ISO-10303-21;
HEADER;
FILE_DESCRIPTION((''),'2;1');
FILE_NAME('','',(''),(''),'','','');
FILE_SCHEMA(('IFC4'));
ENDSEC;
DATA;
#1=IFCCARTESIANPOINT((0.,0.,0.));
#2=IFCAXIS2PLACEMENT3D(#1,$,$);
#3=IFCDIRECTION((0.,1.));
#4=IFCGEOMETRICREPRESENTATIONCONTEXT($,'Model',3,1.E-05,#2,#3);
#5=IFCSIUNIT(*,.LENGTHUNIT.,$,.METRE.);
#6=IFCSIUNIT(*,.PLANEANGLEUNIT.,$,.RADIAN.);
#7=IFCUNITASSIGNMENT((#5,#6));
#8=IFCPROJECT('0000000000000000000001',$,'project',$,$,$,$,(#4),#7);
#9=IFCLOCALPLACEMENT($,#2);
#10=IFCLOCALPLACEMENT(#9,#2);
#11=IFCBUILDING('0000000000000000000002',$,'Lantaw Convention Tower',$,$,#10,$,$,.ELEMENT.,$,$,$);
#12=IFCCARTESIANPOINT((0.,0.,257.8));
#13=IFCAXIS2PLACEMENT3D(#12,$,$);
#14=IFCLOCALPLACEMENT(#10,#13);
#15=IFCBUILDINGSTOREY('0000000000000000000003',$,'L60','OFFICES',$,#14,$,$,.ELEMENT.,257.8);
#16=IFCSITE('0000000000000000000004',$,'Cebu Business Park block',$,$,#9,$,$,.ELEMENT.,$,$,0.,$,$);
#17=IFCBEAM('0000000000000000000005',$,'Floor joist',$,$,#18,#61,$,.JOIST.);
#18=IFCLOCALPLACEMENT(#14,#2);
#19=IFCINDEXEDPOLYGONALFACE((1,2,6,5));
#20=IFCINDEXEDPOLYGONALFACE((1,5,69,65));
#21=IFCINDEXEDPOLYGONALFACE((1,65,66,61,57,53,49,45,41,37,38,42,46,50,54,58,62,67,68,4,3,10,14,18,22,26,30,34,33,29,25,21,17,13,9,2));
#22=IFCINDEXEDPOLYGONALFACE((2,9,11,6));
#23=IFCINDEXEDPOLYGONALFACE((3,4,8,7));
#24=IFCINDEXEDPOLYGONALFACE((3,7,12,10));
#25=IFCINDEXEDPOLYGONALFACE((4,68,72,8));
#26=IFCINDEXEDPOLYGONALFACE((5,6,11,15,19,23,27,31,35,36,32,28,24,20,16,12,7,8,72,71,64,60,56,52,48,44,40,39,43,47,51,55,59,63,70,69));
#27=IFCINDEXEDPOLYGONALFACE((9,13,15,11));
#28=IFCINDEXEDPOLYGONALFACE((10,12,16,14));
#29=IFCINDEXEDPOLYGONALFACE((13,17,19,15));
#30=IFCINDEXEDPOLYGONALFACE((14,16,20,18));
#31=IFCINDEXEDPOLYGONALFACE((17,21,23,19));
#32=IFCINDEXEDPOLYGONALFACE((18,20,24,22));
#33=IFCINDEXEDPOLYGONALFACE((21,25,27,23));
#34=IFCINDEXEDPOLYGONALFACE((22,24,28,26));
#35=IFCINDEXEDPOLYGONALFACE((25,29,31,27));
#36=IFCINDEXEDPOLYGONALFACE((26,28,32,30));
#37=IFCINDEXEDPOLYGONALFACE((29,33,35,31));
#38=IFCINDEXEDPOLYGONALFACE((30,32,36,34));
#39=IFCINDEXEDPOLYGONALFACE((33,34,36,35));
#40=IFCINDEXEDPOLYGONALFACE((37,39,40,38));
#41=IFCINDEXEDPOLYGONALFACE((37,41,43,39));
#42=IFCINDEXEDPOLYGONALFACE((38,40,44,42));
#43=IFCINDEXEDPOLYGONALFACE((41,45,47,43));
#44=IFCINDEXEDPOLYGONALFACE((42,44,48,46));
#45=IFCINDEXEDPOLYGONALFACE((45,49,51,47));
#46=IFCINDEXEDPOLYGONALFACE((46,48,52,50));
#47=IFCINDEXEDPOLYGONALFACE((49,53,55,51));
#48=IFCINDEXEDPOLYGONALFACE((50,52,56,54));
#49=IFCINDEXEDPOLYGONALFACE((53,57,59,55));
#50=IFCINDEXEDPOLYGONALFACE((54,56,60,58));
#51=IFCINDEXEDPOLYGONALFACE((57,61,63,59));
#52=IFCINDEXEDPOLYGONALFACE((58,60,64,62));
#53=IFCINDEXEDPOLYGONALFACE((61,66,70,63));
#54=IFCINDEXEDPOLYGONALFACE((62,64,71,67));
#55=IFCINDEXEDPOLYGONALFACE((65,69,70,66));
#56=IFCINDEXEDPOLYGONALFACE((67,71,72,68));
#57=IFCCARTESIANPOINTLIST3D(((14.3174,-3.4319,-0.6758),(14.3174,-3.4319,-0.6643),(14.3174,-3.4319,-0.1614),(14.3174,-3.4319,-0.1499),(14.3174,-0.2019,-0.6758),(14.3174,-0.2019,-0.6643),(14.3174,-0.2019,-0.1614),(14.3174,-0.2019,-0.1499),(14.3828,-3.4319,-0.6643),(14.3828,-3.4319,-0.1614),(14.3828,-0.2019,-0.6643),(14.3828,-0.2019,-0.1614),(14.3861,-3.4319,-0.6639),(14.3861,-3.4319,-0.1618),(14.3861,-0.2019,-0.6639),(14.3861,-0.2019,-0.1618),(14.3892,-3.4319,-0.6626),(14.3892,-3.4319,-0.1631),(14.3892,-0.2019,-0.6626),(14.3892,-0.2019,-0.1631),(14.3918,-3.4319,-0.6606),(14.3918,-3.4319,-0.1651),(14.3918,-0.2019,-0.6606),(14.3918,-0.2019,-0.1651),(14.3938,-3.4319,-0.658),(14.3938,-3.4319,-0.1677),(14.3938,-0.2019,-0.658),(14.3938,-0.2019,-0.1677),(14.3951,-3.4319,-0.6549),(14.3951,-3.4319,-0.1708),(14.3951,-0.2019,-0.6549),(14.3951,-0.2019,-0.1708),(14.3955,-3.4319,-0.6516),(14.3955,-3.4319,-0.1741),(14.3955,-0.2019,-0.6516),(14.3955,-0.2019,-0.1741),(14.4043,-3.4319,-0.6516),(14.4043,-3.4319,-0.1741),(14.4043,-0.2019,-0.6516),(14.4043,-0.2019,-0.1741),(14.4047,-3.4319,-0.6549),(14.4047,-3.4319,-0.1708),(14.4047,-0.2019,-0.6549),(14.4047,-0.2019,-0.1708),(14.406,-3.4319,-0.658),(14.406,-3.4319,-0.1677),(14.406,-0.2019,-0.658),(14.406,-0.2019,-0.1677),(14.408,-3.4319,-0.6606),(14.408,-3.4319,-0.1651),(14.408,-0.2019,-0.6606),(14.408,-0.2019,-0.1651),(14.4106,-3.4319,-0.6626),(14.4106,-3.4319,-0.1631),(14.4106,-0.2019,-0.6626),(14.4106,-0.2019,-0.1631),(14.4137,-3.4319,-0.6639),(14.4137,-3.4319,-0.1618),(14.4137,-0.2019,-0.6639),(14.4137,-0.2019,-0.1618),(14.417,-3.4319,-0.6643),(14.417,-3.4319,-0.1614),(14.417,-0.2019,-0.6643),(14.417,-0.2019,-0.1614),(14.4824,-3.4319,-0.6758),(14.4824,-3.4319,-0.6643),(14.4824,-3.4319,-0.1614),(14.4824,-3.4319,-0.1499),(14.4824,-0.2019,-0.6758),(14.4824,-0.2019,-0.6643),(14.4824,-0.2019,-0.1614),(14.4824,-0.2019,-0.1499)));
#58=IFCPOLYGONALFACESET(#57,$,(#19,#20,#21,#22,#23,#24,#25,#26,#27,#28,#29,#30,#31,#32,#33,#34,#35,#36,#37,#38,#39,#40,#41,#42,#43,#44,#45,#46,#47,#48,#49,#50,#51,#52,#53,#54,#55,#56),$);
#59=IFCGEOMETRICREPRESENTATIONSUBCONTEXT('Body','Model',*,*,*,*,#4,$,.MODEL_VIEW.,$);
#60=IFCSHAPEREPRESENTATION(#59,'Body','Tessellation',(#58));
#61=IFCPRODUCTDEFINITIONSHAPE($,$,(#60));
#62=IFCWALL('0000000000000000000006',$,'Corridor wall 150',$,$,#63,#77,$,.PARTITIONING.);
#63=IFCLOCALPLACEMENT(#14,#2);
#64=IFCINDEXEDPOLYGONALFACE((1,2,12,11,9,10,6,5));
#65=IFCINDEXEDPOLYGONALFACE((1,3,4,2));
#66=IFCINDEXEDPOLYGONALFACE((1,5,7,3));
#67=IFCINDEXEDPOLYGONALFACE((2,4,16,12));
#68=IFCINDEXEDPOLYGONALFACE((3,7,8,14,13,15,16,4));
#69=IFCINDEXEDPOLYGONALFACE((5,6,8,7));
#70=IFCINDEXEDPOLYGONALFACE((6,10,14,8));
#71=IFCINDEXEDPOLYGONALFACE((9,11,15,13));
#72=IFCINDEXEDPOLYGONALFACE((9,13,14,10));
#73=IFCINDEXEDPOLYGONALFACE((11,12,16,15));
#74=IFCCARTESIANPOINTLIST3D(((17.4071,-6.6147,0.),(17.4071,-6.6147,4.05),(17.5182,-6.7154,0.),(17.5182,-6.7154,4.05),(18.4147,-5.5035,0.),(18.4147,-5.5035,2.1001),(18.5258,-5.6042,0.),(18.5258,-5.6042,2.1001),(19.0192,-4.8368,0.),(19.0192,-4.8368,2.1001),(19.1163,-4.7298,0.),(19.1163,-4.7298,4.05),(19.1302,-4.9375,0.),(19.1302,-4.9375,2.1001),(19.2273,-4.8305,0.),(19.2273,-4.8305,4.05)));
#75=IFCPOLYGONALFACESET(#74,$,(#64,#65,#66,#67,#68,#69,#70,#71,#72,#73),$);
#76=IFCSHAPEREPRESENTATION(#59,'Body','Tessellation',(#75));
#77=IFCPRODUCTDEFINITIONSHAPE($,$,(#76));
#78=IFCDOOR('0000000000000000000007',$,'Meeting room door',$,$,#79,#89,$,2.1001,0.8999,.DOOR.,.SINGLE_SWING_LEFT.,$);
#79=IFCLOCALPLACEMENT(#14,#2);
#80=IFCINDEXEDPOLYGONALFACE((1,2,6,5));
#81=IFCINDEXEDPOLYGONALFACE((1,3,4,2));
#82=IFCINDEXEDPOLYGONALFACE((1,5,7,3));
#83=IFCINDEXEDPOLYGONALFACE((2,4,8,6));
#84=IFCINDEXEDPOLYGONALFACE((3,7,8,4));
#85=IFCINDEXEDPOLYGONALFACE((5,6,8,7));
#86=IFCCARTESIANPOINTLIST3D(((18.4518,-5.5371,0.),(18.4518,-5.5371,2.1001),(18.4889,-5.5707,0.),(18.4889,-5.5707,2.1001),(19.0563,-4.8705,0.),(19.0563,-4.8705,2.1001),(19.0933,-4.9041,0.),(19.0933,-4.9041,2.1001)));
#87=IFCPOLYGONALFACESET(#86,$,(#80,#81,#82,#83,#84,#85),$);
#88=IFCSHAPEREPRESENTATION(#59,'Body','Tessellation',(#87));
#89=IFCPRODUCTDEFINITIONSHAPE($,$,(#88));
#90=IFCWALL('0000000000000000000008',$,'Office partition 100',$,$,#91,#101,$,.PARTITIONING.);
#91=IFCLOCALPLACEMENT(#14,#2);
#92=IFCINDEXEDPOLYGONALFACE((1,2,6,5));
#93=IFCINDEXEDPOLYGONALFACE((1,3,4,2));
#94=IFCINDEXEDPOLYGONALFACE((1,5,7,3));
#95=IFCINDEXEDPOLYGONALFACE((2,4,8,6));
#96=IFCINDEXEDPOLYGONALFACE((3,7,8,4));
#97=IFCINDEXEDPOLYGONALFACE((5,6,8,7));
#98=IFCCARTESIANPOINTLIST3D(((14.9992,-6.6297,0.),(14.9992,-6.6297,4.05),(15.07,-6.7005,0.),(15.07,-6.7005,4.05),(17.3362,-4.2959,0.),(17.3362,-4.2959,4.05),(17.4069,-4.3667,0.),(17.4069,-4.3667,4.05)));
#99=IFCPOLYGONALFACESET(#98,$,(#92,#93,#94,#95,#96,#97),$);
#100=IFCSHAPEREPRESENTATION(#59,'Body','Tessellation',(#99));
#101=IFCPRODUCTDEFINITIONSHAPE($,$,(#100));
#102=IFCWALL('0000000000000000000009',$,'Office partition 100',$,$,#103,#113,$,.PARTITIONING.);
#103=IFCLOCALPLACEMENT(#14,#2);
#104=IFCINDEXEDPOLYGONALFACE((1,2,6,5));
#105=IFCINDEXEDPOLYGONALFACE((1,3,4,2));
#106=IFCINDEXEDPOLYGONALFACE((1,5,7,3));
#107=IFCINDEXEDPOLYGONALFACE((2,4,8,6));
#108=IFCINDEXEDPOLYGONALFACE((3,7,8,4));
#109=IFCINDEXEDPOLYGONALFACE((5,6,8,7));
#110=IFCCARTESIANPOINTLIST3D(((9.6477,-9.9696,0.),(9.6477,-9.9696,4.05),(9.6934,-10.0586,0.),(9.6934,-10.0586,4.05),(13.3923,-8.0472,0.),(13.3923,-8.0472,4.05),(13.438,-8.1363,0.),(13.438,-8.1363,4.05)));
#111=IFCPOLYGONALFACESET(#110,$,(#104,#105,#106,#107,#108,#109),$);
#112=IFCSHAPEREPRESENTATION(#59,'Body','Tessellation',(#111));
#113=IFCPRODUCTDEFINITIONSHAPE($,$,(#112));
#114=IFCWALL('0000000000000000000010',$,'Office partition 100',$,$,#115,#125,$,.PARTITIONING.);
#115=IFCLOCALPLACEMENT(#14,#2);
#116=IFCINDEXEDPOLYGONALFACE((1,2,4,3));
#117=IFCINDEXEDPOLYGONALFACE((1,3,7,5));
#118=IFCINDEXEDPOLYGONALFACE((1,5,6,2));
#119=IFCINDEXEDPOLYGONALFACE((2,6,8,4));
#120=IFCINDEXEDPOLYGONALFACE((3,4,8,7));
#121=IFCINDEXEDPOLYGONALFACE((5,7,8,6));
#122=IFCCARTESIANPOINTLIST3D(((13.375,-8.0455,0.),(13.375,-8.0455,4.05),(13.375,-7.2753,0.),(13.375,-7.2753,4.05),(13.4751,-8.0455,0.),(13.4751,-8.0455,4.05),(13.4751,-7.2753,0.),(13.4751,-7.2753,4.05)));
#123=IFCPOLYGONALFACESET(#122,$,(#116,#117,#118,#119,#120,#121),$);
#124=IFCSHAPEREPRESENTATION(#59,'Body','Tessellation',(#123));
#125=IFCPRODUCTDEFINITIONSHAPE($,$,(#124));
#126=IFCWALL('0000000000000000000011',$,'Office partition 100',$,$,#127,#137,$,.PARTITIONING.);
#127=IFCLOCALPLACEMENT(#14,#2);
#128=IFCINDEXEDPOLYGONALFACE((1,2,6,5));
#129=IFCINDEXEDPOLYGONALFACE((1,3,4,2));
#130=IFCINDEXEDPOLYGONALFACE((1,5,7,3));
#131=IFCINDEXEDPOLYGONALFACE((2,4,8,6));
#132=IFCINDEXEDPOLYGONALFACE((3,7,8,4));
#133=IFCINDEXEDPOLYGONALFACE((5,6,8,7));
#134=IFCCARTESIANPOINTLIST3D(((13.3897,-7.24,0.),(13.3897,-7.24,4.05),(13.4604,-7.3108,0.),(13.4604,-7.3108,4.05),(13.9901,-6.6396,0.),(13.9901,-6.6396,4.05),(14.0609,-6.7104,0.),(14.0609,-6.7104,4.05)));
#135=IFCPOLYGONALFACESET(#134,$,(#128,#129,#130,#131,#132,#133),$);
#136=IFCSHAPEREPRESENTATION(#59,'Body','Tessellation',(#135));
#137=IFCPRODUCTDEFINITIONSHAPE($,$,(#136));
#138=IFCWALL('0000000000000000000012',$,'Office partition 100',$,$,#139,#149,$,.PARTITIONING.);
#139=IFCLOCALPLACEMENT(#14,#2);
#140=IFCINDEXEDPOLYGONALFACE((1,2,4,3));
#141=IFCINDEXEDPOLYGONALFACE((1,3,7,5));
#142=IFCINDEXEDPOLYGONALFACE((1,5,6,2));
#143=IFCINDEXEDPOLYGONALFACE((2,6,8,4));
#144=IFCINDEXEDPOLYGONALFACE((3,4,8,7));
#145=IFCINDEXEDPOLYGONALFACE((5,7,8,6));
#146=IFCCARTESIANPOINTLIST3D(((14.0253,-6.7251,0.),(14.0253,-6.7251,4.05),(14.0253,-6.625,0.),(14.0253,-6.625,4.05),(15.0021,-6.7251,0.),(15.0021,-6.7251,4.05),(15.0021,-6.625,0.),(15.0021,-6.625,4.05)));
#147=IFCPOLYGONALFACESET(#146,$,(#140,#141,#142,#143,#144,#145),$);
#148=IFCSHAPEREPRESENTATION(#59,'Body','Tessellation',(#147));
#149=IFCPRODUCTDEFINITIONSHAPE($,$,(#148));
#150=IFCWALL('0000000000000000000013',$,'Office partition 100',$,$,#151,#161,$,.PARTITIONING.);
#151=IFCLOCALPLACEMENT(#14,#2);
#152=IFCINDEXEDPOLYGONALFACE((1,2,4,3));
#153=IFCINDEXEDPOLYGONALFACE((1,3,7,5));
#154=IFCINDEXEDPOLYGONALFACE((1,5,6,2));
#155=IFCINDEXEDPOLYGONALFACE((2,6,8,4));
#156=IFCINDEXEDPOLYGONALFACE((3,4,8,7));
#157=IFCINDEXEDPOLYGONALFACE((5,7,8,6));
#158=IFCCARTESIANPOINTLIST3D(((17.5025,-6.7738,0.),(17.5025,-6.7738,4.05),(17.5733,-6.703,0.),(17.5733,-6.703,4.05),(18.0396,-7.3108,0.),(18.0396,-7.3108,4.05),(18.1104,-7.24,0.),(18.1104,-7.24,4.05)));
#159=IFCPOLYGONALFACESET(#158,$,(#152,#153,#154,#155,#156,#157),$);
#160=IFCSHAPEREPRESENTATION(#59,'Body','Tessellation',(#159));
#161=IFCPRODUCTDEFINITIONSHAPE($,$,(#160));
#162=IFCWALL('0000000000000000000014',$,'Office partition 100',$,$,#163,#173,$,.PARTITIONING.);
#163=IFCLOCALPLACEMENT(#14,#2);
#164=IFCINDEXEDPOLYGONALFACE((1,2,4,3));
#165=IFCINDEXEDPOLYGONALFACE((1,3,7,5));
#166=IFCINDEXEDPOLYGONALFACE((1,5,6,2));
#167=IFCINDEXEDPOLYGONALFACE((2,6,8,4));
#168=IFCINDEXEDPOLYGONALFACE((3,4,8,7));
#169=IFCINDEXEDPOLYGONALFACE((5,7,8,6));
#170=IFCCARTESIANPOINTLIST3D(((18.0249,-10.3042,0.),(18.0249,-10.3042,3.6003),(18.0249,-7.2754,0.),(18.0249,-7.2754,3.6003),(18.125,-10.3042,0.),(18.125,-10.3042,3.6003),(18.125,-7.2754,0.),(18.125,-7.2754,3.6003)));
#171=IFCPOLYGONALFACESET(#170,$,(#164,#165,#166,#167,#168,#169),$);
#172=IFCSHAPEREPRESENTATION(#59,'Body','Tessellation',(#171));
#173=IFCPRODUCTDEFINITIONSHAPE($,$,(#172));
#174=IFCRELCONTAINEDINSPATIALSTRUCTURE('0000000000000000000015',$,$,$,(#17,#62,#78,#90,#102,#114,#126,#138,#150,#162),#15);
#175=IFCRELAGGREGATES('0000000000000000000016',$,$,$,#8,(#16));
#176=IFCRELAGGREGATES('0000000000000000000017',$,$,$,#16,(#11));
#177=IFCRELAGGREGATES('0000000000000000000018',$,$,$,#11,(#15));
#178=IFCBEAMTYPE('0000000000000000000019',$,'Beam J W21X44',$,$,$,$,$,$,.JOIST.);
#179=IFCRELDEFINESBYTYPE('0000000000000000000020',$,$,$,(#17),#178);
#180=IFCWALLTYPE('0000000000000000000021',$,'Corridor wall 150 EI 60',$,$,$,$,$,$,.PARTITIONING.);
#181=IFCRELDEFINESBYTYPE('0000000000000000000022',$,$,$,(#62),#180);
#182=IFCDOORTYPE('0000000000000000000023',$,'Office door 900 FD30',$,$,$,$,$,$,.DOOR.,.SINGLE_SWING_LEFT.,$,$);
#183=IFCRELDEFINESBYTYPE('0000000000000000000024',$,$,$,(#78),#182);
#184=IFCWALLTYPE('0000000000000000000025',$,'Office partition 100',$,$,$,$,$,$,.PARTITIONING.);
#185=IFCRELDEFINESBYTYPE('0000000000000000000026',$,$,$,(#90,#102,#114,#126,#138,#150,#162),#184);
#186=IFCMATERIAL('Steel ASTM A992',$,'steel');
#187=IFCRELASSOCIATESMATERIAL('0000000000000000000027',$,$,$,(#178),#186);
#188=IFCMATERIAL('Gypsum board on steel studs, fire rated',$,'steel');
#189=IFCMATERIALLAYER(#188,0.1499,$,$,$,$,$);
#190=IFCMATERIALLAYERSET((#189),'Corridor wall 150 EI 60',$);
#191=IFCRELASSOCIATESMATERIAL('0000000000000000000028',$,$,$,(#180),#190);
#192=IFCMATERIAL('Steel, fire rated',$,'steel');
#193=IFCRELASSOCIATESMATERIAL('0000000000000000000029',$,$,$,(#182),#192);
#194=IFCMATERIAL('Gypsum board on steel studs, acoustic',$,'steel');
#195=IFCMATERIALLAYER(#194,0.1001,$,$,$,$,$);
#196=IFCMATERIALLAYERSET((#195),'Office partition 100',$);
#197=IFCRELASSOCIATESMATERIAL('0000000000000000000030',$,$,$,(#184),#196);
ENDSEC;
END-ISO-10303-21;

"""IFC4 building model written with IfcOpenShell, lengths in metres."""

from ifc_helpers import new_model, si_unit, direction, frame, frame_2d, origin, origin_2d, place, context, subcontext, project, spatial, rectangle, i_section, extrude, material, layer, layer_set, material_profile, profile_set, type_object, element, fill, save


model = new_model("IFC4")

# Units and contexts
model_context = context("Model", 3, precision=1e-05, world=origin(), true_north=direction((0.0, 1.0)))
body_context = subcontext(model_context, "Body", "Model", "MODEL_VIEW")
ifc_project = project(units=[si_unit("LENGTHUNIT", "METRE"), si_unit("PLANEANGLEUNIT", "RADIAN")], contexts=[model_context])

# Site, building, storey
site_placement = place(None, origin())
site = spatial("IfcSite", under=ifc_project, at=site_placement, Name="Cebu Business Park block", CompositionType="ELEMENT", RefElevation=0.0)
building_placement = place(site_placement, origin())
building = spatial("IfcBuilding", under=site, at=building_placement, Name="Lantaw Convention Tower", CompositionType="ELEMENT")
storey_placement = place(building_placement, frame((0.0, 0.0, 257.8)))
storey = spatial("IfcBuildingStorey", under=building, at=storey_placement, Name="L60", Description="OFFICES", CompositionType="ELEMENT", Elevation=257.8)

# Beam
ifc_material_1 = material(Name="Steel ASTM A992", Category="steel")
ifc_material_profile_1 = material_profile(ifc_material_1, i_section(OverallWidth=0.165, OverallDepth=0.5259, WebThickness=0.0088, FlangeThickness=0.0115, FilletRadius=0.0127, at=origin_2d()), Name="W21X44")
ifc_profile_set_1 = profile_set([ifc_material_profile_1], Name="Steel ASTM A992")
beam_type_1 = type_object("IfcBeamType", Name="Beam J W21X44", PredefinedType="JOIST", material=ifc_profile_set_1)
beam_1_placement = place(storey_placement, frame((14.3999, -3.4319, -0.4128), z_axis=(0.0, 1.0, 0.0), x_axis=(-1.0, 0.0, 0.0)))
element("IfcBeam", 1, at=beam_1_placement, inside=storey, type_object=beam_type_1, Name="Floor joist", PredefinedType="JOIST", context=body_context, shape_type="SweptSolid", body=[
    extrude(i_section(OverallWidth=0.165, OverallDepth=0.5259, WebThickness=0.0088, FlangeThickness=0.0115, FilletRadius=0.0127, at=origin_2d()), origin(), (0.0, 0.0, 1.0), 3.23),
])

# Wall, opening, door
ifc_material_2 = material(Name="Gypsum board on steel studs, fire rated", Category="steel")
ifc_layer_1 = layer(ifc_material_2, 0.1499)
ifc_layer_set_1 = layer_set([ifc_layer_1], Name="Corridor wall 150 EI 60")
wall_type_1 = type_object("IfcWallType", Name="Corridor wall 150 EI 60", PredefinedType="PARTITIONING", material=ifc_layer_set_1)
wall_1_placement = place(storey_placement, frame((17.4626, -6.665, 0.0), z_axis=(0.0, 0.0, 1.0), x_axis=(0.671722, 0.740803, 0.0)))
wall_1 = element("IfcWall", 2, at=wall_1_placement, inside=storey, type_object=wall_type_1, Name="Corridor wall 150", PredefinedType="PARTITIONING", context=body_context, shape_type="SweptSolid", body=[
    extrude(rectangle(XDim=2.5444, YDim=0.1499, at=frame_2d((1.2722, 0.0))), origin(), (0.0, 0.0, 1.0), 4.05),
])
opening_1_placement = place(wall_1_placement, frame((1.5, 0.0, 0.0)))
opening_1 = element("IfcOpeningElement", 3, at=opening_1_placement, cuts=wall_1, PredefinedType="OPENING", context=body_context, shape_type="SweptSolid", body=[
    extrude(rectangle(XDim=0.8999, YDim=2.1001, at=frame_2d((0.45, 1.05))), frame((0.0, 0.085, 0.0), z_axis=(0.0, -1.0, 0.0), x_axis=(1.0, 0.0, 0.0)), (0.0, 0.0, 1.0), 0.1699),
])
ifc_material_3 = material(Name="Steel, fire rated", Category="steel")
door_type_1 = type_object("IfcDoorType", Name="Office door 900 FD30", OperationType="SINGLE_SWING_LEFT", PredefinedType="DOOR", material=ifc_material_3)
door_1_placement = place(opening_1_placement, origin())
door_1 = element("IfcDoor", 4, at=door_1_placement, inside=storey, type_object=door_type_1, Name="Meeting room door", OperationType="SINGLE_SWING_LEFT", OverallHeight=2.1001, OverallWidth=0.8999, PredefinedType="DOOR", context=body_context, shape_type="SweptSolid", body=[
    extrude(rectangle(XDim=0.8999, YDim=2.1001, at=frame_2d((0.45, 1.05))), frame((0.0, 0.0249, 0.0), z_axis=(0.0, -1.0, 0.0), x_axis=(1.0, 0.0, 0.0)), (0.0, 0.0, 1.0), 0.05),
])
fill(opening_1, door_1)

# Walls
ifc_material_4 = material(Name="Gypsum board on steel studs, acoustic", Category="steel")
ifc_layer_2 = layer(ifc_material_4, 0.1001)
ifc_layer_set_2 = layer_set([ifc_layer_2], Name="Office partition 100")
wall_type_2 = type_object("IfcWallType", Name="Office partition 100", PredefinedType="PARTITIONING", material=ifc_layer_set_2)
wall_2_placement = place(storey_placement, frame((17.3716, -4.3313, 0.0), z_axis=(0.0, 0.0, 1.0), x_axis=(-0.707587, -0.706626, 0.0)))
element("IfcWall", 5, at=wall_2_placement, inside=storey, type_object=wall_type_2, Name="Office partition 100", PredefinedType="PARTITIONING", context=body_context, shape_type="SweptSolid", body=[
    extrude(rectangle(XDim=3.3027, YDim=0.1001, at=frame_2d((1.6514, 0.0))), origin(), (0.0, 0.0, 1.0), 4.05),
])
wall_3_placement = place(storey_placement, frame((13.415, -8.0918, 0.0), z_axis=(0.0, 0.0, 1.0), x_axis=(-0.889621, -0.4567, 0.0)))
element("IfcWall", 6, at=wall_3_placement, inside=storey, type_object=wall_type_2, Name="Office partition 100", PredefinedType="PARTITIONING", context=body_context, shape_type="SweptSolid", body=[
    extrude(rectangle(XDim=4.2092, YDim=0.1001, at=frame_2d((2.1045, 0.0))), origin(), (0.0, 0.0, 1.0), 4.05),
])
wall_4_placement = place(storey_placement, frame((13.425, -8.0457, 0.0), z_axis=(0.0, 0.0, 1.0), x_axis=(0.0, 1.0, 0.0)))
element("IfcWall", 7, at=wall_4_placement, inside=storey, type_object=wall_type_2, Name="Office partition 100", PredefinedType="PARTITIONING", context=body_context, shape_type="SweptSolid", body=[
    extrude(rectangle(XDim=0.7703, YDim=0.1001, at=frame_2d((0.3853, 0.0))), origin(), (0.0, 0.0, 1.0), 4.05),
])
wall_5_placement = place(storey_placement, frame((13.425, -7.2754, 0.0), z_axis=(0.0, 0.0, 1.0), x_axis=(0.707107, 0.707107, 0.0)))
element("IfcWall", 8, at=wall_5_placement, inside=storey, type_object=wall_type_2, Name="Office partition 100", PredefinedType="PARTITIONING", context=body_context, shape_type="SweptSolid", body=[
    extrude(rectangle(XDim=0.8491, YDim=0.1001, at=frame_2d((0.4246, 0.0))), origin(), (0.0, 0.0, 1.0), 4.05),
])
wall_6_placement = place(storey_placement, frame((14.0254, -6.675, 0.0), z_axis=(0.0, 0.0, 1.0), x_axis=(1.0, 0.0, 0.0)))
element("IfcWall", 9, at=wall_6_placement, inside=storey, type_object=wall_type_2, Name="Office partition 100", PredefinedType="PARTITIONING", context=body_context, shape_type="SweptSolid", body=[
    extrude(rectangle(XDim=0.9768, YDim=0.1001, at=frame_2d((0.4883, 0.0))), origin(), (0.0, 0.0, 1.0), 4.05),
])
wall_7_placement = place(storey_placement, frame((17.5378, -6.7383, 0.0), z_axis=(0.0, 0.0, 1.0), x_axis=(0.707107, -0.707107, 0.0)))
element("IfcWall", 10, at=wall_7_placement, inside=storey, type_object=wall_type_2, Name="Office partition 100", PredefinedType="PARTITIONING", context=body_context, shape_type="SweptSolid", body=[
    extrude(rectangle(XDim=0.7595, YDim=0.1001, at=frame_2d((0.3799, 0.0))), origin(), (0.0, 0.0, 1.0), 4.05),
])
wall_8_placement = place(storey_placement, frame((18.075, -7.2754, 0.0), z_axis=(0.0, 0.0, 1.0), x_axis=(0.0, -1.0, 0.0)))
element("IfcWall", 11, at=wall_8_placement, inside=storey, type_object=wall_type_2, Name="Office partition 100", PredefinedType="PARTITIONING", context=body_context, shape_type="SweptSolid", body=[
    extrude(rectangle(XDim=3.0288, YDim=0.1001, at=frame_2d((1.5144, 0.0))), origin(), (0.0, 0.0, 1.0), 3.6003),
])

save(model, "model.ifc")
